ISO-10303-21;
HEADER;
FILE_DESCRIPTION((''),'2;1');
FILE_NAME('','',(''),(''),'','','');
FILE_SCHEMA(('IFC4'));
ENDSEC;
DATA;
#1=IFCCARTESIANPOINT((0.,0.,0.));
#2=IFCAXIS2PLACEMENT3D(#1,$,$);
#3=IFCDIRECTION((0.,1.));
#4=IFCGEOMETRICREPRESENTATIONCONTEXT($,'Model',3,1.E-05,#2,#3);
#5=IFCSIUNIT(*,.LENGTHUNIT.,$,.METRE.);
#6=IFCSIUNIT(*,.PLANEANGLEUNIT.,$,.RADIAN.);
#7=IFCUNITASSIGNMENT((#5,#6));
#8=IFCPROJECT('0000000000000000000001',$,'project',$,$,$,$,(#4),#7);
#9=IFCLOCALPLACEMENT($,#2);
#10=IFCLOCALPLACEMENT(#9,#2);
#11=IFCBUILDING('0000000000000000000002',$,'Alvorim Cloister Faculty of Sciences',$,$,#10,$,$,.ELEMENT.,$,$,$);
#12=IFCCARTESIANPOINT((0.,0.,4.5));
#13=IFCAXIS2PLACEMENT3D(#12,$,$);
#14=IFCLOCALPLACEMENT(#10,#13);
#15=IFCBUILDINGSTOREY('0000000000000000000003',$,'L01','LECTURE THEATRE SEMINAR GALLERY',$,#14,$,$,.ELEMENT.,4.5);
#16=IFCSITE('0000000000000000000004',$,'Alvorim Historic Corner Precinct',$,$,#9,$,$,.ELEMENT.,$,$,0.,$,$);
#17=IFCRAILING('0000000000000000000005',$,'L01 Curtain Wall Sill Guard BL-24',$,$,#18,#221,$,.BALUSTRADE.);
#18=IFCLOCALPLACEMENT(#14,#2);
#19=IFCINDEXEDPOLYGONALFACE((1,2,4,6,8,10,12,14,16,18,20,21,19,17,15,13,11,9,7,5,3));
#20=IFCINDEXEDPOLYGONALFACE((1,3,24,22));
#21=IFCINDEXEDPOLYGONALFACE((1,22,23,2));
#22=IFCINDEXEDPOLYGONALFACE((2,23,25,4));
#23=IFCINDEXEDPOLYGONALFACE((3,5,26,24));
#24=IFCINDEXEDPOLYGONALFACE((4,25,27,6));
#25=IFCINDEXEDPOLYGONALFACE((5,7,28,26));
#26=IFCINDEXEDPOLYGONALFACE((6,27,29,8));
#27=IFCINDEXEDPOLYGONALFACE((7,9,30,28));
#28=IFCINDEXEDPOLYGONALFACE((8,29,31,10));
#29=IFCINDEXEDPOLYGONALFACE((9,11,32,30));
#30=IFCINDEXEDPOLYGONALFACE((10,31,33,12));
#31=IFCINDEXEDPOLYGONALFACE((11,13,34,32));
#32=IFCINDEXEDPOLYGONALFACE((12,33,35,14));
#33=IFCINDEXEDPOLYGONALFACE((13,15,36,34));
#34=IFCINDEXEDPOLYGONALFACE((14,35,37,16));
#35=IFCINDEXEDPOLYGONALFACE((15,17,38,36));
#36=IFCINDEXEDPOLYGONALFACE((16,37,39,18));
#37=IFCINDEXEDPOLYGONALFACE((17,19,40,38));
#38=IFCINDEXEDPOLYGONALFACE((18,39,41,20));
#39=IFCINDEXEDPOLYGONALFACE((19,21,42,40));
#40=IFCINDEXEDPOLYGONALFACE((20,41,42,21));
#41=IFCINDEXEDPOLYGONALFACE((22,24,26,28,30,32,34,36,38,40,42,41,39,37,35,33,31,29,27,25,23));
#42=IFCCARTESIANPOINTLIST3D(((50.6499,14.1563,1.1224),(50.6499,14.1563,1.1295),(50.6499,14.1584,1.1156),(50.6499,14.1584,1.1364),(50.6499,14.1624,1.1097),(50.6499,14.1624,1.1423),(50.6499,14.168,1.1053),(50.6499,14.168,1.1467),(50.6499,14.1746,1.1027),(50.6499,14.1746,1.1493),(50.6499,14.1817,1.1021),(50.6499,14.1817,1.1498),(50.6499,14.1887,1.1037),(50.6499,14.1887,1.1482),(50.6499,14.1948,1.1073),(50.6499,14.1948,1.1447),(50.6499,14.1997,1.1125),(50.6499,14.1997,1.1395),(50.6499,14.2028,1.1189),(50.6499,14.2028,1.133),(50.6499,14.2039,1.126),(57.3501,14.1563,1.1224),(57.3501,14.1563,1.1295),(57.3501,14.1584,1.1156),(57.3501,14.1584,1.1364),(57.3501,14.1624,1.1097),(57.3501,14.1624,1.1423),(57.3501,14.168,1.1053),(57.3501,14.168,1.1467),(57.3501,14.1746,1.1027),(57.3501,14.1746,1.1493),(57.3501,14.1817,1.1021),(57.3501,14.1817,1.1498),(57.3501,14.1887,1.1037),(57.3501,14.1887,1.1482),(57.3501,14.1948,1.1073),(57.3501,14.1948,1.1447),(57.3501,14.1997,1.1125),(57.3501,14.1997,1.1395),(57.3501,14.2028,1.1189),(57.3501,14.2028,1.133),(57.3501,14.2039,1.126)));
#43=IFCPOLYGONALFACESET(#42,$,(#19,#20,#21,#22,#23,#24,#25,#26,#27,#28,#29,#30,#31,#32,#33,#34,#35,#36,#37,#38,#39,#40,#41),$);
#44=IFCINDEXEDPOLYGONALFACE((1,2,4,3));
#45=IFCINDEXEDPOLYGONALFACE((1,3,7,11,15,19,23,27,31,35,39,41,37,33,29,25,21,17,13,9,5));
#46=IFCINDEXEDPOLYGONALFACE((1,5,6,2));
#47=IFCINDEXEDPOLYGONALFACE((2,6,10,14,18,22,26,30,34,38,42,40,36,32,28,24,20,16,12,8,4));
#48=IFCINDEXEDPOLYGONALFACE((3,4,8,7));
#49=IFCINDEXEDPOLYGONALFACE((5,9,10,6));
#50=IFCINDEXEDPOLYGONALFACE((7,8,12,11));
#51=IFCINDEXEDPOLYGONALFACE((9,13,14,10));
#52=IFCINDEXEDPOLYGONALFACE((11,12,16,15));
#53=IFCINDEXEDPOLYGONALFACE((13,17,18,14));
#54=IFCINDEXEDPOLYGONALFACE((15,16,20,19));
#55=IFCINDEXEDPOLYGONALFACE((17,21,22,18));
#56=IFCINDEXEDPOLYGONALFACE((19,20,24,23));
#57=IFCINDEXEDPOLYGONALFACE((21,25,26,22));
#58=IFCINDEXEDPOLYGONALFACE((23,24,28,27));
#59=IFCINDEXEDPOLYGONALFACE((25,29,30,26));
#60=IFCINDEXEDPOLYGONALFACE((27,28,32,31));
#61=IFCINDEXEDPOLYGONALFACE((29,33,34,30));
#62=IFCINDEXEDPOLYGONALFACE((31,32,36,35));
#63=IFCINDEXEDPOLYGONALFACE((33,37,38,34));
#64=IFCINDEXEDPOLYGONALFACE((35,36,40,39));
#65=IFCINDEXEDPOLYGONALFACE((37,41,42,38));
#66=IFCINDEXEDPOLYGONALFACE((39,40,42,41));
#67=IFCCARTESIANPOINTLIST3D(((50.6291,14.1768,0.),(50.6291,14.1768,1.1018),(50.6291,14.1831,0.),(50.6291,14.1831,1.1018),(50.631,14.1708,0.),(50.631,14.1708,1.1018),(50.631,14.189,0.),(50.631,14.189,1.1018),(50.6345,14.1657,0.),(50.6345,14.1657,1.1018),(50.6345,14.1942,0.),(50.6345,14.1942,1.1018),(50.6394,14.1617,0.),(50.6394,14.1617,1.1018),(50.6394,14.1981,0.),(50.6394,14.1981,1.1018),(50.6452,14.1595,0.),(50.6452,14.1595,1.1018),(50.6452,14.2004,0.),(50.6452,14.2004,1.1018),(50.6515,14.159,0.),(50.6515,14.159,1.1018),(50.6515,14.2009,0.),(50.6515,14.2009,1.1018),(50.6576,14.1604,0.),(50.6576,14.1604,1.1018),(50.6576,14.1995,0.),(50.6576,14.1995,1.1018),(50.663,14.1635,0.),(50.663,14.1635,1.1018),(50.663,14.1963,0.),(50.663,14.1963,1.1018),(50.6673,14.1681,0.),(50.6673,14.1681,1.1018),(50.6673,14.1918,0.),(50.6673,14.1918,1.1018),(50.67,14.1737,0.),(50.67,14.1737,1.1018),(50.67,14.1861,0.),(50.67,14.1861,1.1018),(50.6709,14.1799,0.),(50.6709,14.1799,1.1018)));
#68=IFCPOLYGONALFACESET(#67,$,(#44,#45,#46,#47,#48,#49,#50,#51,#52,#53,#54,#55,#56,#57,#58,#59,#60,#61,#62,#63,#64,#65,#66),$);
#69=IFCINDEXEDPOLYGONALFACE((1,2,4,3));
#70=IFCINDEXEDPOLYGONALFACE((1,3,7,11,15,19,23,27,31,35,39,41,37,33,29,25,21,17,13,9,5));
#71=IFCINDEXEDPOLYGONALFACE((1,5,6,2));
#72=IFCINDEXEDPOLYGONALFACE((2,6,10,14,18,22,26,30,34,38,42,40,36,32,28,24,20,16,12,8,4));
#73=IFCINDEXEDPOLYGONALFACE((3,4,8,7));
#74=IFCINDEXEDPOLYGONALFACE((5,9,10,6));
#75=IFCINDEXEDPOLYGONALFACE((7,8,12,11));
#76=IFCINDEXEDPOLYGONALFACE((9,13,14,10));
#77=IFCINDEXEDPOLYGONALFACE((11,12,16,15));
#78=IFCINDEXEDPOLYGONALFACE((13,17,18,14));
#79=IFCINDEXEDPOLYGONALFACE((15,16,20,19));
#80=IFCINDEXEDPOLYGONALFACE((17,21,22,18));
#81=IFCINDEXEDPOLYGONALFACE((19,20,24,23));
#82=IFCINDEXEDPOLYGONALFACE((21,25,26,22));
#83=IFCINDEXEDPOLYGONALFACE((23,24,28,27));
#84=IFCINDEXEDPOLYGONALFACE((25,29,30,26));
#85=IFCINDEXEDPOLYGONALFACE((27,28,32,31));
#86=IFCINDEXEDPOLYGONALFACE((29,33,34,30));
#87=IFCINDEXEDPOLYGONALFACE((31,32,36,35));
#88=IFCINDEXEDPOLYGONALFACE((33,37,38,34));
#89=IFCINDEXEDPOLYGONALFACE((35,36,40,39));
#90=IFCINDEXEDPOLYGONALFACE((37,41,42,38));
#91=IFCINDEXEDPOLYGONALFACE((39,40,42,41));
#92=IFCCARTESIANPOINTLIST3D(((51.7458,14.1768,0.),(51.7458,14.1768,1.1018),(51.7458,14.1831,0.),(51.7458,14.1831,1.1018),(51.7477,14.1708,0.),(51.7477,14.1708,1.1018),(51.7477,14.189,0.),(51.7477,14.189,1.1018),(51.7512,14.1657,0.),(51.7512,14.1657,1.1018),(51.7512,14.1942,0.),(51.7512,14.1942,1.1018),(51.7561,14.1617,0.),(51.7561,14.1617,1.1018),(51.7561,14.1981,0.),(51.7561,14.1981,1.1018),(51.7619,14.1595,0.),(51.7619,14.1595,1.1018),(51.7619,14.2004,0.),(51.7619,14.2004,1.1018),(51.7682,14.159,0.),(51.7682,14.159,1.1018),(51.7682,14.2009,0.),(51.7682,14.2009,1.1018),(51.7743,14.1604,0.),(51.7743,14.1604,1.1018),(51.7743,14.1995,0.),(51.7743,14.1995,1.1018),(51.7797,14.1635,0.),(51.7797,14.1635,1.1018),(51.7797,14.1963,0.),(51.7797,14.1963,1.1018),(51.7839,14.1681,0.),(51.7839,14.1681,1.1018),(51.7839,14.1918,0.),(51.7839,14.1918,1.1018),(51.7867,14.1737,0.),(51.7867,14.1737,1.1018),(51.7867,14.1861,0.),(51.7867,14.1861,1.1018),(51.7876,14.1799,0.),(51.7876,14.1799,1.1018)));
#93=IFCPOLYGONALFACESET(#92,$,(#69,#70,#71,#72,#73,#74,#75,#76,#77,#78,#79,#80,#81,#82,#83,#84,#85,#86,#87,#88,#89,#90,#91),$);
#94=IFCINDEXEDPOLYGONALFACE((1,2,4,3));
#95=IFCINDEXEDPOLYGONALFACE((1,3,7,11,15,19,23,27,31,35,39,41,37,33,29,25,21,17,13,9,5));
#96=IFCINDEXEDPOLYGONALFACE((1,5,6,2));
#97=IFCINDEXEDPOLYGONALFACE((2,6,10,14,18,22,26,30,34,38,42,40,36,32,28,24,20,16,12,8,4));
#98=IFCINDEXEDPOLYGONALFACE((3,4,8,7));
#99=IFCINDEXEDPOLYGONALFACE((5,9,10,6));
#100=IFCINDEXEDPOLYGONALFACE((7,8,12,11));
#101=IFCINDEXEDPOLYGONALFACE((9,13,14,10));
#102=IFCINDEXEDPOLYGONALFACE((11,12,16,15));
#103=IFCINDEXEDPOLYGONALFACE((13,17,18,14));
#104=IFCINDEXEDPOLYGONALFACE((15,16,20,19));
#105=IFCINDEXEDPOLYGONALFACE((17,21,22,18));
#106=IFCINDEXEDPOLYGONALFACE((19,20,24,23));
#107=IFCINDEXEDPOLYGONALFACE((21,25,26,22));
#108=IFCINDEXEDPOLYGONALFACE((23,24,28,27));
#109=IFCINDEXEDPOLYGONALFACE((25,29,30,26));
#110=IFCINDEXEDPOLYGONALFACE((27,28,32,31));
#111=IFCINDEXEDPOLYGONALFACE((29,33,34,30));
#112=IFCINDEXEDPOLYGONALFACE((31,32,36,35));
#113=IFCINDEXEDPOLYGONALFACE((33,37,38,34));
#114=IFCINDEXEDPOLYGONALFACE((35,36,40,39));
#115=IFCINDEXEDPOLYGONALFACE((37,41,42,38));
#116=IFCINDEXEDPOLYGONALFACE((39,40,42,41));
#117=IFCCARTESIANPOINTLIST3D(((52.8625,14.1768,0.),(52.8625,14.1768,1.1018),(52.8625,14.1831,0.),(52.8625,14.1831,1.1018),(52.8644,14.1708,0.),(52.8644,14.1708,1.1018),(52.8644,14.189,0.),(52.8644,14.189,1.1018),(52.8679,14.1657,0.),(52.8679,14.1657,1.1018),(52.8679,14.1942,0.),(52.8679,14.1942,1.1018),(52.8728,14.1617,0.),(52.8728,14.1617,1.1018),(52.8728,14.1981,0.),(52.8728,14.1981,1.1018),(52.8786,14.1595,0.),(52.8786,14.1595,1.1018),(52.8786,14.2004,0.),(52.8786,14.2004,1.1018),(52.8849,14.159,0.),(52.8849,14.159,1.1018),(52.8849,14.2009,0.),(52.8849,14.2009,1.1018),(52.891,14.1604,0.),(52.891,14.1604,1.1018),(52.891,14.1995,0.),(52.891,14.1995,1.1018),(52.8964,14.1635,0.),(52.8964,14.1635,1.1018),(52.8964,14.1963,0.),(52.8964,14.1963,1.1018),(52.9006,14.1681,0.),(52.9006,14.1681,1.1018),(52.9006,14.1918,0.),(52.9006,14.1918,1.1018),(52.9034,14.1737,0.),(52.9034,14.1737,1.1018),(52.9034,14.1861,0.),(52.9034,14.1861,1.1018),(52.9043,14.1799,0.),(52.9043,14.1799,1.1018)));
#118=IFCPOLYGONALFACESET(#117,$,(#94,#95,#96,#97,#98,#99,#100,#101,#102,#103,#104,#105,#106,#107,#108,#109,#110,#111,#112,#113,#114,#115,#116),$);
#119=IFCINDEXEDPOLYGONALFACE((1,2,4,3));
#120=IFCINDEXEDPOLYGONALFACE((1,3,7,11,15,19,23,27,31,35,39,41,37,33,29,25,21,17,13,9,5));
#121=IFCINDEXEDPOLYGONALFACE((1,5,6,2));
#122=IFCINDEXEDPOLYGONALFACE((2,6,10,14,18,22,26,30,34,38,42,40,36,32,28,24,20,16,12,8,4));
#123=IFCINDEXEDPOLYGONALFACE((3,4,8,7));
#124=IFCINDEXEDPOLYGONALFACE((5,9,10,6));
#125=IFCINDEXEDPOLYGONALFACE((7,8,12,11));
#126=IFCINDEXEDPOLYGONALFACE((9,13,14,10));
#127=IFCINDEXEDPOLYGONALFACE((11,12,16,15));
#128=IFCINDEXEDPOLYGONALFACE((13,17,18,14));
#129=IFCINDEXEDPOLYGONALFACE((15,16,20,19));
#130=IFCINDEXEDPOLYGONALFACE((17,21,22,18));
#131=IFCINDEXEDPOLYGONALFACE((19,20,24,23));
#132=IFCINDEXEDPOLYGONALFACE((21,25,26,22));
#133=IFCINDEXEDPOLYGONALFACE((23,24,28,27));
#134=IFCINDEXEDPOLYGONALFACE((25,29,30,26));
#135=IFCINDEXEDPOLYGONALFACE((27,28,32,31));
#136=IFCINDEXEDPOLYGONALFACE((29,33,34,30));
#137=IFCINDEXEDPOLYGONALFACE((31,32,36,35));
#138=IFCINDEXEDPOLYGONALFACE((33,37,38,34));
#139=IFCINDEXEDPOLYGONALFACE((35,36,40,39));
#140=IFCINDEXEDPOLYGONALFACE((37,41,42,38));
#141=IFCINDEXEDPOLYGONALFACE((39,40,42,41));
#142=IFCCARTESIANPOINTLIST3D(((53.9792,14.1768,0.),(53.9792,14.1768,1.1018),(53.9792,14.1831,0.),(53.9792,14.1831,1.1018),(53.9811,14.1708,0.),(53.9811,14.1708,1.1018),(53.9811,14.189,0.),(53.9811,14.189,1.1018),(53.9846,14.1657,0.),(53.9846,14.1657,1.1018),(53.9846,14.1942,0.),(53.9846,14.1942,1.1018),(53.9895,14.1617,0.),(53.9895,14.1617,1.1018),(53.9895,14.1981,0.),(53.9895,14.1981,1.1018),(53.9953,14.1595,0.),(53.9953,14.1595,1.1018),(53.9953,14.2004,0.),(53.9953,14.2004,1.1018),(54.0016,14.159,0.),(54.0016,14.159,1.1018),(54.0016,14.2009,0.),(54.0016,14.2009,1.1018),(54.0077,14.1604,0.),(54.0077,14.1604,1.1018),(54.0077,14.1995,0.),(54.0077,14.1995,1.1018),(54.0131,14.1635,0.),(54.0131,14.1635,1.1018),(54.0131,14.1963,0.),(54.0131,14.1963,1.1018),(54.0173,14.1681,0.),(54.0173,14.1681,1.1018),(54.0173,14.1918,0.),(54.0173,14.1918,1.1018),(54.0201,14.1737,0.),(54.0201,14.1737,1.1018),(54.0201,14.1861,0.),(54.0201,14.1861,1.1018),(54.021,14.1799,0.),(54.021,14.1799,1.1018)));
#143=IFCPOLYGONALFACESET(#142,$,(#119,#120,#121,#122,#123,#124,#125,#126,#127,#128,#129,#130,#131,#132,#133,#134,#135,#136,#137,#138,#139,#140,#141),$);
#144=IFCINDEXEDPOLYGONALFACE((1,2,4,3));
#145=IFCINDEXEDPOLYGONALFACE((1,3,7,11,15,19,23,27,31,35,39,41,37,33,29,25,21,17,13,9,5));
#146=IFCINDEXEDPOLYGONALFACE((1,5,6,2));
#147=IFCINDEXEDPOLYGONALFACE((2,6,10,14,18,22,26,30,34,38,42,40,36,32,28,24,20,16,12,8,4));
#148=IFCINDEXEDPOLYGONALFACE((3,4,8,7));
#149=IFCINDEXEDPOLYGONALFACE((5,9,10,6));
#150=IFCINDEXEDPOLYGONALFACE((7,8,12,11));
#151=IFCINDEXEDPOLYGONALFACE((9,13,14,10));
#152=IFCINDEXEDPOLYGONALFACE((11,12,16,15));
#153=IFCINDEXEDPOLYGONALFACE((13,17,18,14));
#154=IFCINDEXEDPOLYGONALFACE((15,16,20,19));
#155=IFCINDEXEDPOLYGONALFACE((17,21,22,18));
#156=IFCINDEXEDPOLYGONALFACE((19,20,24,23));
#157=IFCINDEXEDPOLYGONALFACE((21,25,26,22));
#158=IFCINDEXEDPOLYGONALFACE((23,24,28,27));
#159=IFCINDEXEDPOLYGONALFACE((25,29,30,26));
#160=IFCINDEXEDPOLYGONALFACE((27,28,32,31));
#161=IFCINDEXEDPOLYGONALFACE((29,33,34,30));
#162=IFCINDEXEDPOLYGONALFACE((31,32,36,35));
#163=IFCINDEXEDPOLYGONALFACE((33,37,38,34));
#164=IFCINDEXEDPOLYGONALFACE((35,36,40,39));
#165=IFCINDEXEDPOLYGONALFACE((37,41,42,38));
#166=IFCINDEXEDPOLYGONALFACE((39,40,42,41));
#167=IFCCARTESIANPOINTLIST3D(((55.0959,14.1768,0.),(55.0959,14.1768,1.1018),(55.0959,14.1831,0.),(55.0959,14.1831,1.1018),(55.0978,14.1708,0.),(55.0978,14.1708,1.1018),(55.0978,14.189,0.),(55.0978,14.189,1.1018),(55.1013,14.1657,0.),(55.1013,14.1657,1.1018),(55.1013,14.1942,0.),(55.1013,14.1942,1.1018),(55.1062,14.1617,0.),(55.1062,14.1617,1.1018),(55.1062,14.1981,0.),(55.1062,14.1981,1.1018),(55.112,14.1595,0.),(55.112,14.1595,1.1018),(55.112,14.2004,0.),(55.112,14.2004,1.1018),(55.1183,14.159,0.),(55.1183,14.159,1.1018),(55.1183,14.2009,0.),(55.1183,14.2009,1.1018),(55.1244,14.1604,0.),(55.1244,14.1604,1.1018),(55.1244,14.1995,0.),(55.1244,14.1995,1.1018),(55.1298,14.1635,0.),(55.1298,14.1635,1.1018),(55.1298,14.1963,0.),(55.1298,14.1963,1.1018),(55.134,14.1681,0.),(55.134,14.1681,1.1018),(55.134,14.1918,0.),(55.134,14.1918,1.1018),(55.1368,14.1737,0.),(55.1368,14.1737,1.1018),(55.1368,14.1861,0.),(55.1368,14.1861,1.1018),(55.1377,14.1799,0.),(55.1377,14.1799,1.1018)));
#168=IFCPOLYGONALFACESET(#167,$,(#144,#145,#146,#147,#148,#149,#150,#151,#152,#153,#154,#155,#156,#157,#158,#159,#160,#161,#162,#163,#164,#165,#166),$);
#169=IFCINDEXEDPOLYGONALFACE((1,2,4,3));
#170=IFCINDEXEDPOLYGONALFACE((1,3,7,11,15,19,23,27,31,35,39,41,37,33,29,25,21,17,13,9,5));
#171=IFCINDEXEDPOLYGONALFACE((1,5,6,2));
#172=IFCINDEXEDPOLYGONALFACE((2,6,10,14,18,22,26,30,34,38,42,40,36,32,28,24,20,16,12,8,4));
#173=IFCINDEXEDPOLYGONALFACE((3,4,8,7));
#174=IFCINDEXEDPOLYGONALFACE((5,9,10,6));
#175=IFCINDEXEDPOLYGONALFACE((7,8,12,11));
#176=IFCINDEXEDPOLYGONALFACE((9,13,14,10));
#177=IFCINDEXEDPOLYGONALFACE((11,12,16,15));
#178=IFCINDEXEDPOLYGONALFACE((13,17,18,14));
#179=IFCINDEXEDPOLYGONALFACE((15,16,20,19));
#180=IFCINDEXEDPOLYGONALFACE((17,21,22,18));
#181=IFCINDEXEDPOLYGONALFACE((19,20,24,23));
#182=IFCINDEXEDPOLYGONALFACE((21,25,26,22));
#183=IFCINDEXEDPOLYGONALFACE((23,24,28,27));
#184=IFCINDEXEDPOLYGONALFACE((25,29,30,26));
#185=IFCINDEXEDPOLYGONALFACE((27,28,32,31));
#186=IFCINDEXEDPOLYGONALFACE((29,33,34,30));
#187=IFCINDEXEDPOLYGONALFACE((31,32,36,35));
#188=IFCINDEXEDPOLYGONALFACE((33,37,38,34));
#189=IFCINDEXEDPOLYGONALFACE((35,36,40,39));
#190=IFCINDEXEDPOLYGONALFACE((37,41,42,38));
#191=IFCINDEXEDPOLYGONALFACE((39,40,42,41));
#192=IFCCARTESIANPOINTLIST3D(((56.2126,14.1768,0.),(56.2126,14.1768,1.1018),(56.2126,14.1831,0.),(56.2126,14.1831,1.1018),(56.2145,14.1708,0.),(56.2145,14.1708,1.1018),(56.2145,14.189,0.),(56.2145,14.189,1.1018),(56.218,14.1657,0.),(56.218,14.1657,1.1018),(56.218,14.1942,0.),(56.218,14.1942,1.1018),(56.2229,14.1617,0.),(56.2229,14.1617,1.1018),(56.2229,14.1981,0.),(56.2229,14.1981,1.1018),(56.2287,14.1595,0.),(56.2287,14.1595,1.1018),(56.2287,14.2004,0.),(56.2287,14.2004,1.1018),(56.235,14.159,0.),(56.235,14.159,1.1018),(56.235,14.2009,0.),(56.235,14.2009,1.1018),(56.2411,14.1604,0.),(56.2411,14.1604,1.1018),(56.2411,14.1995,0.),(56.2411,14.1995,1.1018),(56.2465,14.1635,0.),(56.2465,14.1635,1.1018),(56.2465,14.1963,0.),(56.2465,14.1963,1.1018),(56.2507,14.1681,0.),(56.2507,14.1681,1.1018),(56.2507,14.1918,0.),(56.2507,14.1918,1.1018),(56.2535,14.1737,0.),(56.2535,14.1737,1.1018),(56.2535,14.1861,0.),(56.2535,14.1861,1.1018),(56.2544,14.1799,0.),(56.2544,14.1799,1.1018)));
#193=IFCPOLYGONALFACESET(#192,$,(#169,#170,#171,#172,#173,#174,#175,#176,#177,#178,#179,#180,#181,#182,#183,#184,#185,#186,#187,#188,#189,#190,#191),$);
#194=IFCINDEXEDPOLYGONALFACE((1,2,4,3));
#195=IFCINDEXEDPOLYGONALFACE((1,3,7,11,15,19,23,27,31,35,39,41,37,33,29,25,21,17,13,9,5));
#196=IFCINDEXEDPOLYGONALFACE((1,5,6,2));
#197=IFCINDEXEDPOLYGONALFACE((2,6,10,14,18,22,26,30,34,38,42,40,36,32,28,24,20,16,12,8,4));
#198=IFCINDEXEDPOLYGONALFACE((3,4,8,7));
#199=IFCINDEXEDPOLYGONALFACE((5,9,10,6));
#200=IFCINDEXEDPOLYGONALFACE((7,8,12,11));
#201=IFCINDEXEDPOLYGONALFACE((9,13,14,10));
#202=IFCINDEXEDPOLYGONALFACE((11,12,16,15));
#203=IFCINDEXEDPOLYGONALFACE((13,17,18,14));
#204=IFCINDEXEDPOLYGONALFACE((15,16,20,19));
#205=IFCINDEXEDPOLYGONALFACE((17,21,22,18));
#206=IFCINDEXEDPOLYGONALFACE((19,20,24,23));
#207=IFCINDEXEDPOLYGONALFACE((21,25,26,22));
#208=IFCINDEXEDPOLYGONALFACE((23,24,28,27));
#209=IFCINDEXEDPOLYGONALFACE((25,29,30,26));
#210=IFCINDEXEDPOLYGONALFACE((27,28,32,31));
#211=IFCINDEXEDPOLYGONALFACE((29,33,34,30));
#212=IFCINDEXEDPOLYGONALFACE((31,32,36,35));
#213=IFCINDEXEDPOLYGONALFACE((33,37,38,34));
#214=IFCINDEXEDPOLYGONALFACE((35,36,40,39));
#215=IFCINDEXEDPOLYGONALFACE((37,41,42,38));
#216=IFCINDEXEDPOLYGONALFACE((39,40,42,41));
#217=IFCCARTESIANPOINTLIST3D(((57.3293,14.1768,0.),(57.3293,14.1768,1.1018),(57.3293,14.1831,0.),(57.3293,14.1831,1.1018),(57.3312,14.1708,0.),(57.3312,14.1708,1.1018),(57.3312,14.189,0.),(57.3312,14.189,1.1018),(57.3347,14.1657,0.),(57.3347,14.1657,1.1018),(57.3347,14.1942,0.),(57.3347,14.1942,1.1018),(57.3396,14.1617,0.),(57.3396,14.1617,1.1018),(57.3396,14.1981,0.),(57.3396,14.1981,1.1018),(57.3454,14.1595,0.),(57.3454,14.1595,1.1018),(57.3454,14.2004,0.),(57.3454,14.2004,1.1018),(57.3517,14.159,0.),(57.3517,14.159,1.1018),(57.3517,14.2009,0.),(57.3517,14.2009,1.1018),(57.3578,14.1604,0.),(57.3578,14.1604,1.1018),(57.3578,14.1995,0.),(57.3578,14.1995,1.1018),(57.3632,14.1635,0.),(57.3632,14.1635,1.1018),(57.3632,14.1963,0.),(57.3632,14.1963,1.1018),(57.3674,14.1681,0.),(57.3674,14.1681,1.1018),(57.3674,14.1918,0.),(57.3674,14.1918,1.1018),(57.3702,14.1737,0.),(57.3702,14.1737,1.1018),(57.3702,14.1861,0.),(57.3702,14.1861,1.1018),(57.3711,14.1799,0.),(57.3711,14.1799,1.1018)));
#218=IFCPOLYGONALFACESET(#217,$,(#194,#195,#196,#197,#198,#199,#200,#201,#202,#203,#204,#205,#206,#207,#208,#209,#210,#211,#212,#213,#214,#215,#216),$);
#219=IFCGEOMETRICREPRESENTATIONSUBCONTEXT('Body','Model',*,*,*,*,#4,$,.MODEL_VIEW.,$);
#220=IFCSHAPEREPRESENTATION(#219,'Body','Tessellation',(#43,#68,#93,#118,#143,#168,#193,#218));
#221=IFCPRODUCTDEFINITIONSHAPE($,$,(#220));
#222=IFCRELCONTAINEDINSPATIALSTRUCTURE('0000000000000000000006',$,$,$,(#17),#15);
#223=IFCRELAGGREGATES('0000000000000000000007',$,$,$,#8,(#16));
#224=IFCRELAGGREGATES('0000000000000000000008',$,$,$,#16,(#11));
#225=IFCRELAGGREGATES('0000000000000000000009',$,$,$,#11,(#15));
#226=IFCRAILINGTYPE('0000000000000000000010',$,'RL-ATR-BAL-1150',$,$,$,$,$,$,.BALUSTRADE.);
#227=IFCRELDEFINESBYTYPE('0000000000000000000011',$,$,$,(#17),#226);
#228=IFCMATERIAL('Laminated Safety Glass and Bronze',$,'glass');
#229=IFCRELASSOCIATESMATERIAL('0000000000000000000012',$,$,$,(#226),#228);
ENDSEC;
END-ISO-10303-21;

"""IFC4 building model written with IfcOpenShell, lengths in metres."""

from ifc_helpers import new_model, si_unit, direction, frame, origin, origin_2d, place, context, subcontext, project, spatial, circle, extrude, material, type_object, element, save


model = new_model("IFC4")

# Units and contexts
model_context = context("Model", 3, precision=1e-05, world=origin(), true_north=direction((0.0, 1.0)))
body_context = subcontext(model_context, "Body", "Model", "MODEL_VIEW")
ifc_project = project(units=[si_unit("LENGTHUNIT", "METRE"), si_unit("PLANEANGLEUNIT", "RADIAN")], contexts=[model_context])

# Site, building, storey
site_placement = place(None, origin())
site = spatial("IfcSite", under=ifc_project, at=site_placement, Name="Alvorim Historic Corner Precinct", CompositionType="ELEMENT", RefElevation=0.0)
building_placement = place(site_placement, origin())
building = spatial("IfcBuilding", under=site, at=building_placement, Name="Alvorim Cloister Faculty of Sciences", CompositionType="ELEMENT")
storey_placement = place(building_placement, frame((0.0, 0.0, 4.5)))
storey = spatial("IfcBuildingStorey", under=building, at=storey_placement, Name="L01", Description="LECTURE THEATRE SEMINAR GALLERY", CompositionType="ELEMENT", Elevation=4.5)

# Railing
ifc_material_1 = material(Name="Laminated Safety Glass and Bronze", Category="glass")
railing_type = type_object("IfcRailingType", Name="RL-ATR-BAL-1150", PredefinedType="BALUSTRADE", material=ifc_material_1)
railing_placement = place(storey_placement, frame((50.6499, 14.1799, 0.0)))
element("IfcRailing", 1, at=railing_placement, inside=storey, type_object=railing_type, Name="L01 Curtain Wall Sill Guard BL-24", PredefinedType="BALUSTRADE", context=body_context, shape_type="SweptSolid", body=[
    extrude(circle(Radius=0.0239, at=origin_2d()), frame((0.0, 0.0, 1.126), z_axis=(1.0, 0.0, 0.0), x_axis=(0.0, 1.0, 0.0)), (0.0, 0.0, 1.0), 6.7002),
    extrude(circle(Radius=0.021, at=origin_2d()), origin(), (0.0, 0.0, 1.0), 1.1018),
    extrude(circle(Radius=0.021, at=origin_2d()), frame((1.1167, 0.0, 0.0)), (0.0, 0.0, 1.0), 1.1018),
    extrude(circle(Radius=0.021, at=origin_2d()), frame((2.2334, 0.0, 0.0)), (0.0, 0.0, 1.0), 1.1018),
    extrude(circle(Radius=0.021, at=origin_2d()), frame((3.3501, 0.0, 0.0)), (0.0, 0.0, 1.0), 1.1018),
    extrude(circle(Radius=0.021, at=origin_2d()), frame((4.4668, 0.0, 0.0)), (0.0, 0.0, 1.0), 1.1018),
    extrude(circle(Radius=0.021, at=origin_2d()), frame((5.5835, 0.0, 0.0)), (0.0, 0.0, 1.0), 1.1018),
    extrude(circle(Radius=0.021, at=origin_2d()), frame((6.7002, 0.0, 0.0)), (0.0, 0.0, 1.0), 1.1018),
])

save(model, "model.ifc")
